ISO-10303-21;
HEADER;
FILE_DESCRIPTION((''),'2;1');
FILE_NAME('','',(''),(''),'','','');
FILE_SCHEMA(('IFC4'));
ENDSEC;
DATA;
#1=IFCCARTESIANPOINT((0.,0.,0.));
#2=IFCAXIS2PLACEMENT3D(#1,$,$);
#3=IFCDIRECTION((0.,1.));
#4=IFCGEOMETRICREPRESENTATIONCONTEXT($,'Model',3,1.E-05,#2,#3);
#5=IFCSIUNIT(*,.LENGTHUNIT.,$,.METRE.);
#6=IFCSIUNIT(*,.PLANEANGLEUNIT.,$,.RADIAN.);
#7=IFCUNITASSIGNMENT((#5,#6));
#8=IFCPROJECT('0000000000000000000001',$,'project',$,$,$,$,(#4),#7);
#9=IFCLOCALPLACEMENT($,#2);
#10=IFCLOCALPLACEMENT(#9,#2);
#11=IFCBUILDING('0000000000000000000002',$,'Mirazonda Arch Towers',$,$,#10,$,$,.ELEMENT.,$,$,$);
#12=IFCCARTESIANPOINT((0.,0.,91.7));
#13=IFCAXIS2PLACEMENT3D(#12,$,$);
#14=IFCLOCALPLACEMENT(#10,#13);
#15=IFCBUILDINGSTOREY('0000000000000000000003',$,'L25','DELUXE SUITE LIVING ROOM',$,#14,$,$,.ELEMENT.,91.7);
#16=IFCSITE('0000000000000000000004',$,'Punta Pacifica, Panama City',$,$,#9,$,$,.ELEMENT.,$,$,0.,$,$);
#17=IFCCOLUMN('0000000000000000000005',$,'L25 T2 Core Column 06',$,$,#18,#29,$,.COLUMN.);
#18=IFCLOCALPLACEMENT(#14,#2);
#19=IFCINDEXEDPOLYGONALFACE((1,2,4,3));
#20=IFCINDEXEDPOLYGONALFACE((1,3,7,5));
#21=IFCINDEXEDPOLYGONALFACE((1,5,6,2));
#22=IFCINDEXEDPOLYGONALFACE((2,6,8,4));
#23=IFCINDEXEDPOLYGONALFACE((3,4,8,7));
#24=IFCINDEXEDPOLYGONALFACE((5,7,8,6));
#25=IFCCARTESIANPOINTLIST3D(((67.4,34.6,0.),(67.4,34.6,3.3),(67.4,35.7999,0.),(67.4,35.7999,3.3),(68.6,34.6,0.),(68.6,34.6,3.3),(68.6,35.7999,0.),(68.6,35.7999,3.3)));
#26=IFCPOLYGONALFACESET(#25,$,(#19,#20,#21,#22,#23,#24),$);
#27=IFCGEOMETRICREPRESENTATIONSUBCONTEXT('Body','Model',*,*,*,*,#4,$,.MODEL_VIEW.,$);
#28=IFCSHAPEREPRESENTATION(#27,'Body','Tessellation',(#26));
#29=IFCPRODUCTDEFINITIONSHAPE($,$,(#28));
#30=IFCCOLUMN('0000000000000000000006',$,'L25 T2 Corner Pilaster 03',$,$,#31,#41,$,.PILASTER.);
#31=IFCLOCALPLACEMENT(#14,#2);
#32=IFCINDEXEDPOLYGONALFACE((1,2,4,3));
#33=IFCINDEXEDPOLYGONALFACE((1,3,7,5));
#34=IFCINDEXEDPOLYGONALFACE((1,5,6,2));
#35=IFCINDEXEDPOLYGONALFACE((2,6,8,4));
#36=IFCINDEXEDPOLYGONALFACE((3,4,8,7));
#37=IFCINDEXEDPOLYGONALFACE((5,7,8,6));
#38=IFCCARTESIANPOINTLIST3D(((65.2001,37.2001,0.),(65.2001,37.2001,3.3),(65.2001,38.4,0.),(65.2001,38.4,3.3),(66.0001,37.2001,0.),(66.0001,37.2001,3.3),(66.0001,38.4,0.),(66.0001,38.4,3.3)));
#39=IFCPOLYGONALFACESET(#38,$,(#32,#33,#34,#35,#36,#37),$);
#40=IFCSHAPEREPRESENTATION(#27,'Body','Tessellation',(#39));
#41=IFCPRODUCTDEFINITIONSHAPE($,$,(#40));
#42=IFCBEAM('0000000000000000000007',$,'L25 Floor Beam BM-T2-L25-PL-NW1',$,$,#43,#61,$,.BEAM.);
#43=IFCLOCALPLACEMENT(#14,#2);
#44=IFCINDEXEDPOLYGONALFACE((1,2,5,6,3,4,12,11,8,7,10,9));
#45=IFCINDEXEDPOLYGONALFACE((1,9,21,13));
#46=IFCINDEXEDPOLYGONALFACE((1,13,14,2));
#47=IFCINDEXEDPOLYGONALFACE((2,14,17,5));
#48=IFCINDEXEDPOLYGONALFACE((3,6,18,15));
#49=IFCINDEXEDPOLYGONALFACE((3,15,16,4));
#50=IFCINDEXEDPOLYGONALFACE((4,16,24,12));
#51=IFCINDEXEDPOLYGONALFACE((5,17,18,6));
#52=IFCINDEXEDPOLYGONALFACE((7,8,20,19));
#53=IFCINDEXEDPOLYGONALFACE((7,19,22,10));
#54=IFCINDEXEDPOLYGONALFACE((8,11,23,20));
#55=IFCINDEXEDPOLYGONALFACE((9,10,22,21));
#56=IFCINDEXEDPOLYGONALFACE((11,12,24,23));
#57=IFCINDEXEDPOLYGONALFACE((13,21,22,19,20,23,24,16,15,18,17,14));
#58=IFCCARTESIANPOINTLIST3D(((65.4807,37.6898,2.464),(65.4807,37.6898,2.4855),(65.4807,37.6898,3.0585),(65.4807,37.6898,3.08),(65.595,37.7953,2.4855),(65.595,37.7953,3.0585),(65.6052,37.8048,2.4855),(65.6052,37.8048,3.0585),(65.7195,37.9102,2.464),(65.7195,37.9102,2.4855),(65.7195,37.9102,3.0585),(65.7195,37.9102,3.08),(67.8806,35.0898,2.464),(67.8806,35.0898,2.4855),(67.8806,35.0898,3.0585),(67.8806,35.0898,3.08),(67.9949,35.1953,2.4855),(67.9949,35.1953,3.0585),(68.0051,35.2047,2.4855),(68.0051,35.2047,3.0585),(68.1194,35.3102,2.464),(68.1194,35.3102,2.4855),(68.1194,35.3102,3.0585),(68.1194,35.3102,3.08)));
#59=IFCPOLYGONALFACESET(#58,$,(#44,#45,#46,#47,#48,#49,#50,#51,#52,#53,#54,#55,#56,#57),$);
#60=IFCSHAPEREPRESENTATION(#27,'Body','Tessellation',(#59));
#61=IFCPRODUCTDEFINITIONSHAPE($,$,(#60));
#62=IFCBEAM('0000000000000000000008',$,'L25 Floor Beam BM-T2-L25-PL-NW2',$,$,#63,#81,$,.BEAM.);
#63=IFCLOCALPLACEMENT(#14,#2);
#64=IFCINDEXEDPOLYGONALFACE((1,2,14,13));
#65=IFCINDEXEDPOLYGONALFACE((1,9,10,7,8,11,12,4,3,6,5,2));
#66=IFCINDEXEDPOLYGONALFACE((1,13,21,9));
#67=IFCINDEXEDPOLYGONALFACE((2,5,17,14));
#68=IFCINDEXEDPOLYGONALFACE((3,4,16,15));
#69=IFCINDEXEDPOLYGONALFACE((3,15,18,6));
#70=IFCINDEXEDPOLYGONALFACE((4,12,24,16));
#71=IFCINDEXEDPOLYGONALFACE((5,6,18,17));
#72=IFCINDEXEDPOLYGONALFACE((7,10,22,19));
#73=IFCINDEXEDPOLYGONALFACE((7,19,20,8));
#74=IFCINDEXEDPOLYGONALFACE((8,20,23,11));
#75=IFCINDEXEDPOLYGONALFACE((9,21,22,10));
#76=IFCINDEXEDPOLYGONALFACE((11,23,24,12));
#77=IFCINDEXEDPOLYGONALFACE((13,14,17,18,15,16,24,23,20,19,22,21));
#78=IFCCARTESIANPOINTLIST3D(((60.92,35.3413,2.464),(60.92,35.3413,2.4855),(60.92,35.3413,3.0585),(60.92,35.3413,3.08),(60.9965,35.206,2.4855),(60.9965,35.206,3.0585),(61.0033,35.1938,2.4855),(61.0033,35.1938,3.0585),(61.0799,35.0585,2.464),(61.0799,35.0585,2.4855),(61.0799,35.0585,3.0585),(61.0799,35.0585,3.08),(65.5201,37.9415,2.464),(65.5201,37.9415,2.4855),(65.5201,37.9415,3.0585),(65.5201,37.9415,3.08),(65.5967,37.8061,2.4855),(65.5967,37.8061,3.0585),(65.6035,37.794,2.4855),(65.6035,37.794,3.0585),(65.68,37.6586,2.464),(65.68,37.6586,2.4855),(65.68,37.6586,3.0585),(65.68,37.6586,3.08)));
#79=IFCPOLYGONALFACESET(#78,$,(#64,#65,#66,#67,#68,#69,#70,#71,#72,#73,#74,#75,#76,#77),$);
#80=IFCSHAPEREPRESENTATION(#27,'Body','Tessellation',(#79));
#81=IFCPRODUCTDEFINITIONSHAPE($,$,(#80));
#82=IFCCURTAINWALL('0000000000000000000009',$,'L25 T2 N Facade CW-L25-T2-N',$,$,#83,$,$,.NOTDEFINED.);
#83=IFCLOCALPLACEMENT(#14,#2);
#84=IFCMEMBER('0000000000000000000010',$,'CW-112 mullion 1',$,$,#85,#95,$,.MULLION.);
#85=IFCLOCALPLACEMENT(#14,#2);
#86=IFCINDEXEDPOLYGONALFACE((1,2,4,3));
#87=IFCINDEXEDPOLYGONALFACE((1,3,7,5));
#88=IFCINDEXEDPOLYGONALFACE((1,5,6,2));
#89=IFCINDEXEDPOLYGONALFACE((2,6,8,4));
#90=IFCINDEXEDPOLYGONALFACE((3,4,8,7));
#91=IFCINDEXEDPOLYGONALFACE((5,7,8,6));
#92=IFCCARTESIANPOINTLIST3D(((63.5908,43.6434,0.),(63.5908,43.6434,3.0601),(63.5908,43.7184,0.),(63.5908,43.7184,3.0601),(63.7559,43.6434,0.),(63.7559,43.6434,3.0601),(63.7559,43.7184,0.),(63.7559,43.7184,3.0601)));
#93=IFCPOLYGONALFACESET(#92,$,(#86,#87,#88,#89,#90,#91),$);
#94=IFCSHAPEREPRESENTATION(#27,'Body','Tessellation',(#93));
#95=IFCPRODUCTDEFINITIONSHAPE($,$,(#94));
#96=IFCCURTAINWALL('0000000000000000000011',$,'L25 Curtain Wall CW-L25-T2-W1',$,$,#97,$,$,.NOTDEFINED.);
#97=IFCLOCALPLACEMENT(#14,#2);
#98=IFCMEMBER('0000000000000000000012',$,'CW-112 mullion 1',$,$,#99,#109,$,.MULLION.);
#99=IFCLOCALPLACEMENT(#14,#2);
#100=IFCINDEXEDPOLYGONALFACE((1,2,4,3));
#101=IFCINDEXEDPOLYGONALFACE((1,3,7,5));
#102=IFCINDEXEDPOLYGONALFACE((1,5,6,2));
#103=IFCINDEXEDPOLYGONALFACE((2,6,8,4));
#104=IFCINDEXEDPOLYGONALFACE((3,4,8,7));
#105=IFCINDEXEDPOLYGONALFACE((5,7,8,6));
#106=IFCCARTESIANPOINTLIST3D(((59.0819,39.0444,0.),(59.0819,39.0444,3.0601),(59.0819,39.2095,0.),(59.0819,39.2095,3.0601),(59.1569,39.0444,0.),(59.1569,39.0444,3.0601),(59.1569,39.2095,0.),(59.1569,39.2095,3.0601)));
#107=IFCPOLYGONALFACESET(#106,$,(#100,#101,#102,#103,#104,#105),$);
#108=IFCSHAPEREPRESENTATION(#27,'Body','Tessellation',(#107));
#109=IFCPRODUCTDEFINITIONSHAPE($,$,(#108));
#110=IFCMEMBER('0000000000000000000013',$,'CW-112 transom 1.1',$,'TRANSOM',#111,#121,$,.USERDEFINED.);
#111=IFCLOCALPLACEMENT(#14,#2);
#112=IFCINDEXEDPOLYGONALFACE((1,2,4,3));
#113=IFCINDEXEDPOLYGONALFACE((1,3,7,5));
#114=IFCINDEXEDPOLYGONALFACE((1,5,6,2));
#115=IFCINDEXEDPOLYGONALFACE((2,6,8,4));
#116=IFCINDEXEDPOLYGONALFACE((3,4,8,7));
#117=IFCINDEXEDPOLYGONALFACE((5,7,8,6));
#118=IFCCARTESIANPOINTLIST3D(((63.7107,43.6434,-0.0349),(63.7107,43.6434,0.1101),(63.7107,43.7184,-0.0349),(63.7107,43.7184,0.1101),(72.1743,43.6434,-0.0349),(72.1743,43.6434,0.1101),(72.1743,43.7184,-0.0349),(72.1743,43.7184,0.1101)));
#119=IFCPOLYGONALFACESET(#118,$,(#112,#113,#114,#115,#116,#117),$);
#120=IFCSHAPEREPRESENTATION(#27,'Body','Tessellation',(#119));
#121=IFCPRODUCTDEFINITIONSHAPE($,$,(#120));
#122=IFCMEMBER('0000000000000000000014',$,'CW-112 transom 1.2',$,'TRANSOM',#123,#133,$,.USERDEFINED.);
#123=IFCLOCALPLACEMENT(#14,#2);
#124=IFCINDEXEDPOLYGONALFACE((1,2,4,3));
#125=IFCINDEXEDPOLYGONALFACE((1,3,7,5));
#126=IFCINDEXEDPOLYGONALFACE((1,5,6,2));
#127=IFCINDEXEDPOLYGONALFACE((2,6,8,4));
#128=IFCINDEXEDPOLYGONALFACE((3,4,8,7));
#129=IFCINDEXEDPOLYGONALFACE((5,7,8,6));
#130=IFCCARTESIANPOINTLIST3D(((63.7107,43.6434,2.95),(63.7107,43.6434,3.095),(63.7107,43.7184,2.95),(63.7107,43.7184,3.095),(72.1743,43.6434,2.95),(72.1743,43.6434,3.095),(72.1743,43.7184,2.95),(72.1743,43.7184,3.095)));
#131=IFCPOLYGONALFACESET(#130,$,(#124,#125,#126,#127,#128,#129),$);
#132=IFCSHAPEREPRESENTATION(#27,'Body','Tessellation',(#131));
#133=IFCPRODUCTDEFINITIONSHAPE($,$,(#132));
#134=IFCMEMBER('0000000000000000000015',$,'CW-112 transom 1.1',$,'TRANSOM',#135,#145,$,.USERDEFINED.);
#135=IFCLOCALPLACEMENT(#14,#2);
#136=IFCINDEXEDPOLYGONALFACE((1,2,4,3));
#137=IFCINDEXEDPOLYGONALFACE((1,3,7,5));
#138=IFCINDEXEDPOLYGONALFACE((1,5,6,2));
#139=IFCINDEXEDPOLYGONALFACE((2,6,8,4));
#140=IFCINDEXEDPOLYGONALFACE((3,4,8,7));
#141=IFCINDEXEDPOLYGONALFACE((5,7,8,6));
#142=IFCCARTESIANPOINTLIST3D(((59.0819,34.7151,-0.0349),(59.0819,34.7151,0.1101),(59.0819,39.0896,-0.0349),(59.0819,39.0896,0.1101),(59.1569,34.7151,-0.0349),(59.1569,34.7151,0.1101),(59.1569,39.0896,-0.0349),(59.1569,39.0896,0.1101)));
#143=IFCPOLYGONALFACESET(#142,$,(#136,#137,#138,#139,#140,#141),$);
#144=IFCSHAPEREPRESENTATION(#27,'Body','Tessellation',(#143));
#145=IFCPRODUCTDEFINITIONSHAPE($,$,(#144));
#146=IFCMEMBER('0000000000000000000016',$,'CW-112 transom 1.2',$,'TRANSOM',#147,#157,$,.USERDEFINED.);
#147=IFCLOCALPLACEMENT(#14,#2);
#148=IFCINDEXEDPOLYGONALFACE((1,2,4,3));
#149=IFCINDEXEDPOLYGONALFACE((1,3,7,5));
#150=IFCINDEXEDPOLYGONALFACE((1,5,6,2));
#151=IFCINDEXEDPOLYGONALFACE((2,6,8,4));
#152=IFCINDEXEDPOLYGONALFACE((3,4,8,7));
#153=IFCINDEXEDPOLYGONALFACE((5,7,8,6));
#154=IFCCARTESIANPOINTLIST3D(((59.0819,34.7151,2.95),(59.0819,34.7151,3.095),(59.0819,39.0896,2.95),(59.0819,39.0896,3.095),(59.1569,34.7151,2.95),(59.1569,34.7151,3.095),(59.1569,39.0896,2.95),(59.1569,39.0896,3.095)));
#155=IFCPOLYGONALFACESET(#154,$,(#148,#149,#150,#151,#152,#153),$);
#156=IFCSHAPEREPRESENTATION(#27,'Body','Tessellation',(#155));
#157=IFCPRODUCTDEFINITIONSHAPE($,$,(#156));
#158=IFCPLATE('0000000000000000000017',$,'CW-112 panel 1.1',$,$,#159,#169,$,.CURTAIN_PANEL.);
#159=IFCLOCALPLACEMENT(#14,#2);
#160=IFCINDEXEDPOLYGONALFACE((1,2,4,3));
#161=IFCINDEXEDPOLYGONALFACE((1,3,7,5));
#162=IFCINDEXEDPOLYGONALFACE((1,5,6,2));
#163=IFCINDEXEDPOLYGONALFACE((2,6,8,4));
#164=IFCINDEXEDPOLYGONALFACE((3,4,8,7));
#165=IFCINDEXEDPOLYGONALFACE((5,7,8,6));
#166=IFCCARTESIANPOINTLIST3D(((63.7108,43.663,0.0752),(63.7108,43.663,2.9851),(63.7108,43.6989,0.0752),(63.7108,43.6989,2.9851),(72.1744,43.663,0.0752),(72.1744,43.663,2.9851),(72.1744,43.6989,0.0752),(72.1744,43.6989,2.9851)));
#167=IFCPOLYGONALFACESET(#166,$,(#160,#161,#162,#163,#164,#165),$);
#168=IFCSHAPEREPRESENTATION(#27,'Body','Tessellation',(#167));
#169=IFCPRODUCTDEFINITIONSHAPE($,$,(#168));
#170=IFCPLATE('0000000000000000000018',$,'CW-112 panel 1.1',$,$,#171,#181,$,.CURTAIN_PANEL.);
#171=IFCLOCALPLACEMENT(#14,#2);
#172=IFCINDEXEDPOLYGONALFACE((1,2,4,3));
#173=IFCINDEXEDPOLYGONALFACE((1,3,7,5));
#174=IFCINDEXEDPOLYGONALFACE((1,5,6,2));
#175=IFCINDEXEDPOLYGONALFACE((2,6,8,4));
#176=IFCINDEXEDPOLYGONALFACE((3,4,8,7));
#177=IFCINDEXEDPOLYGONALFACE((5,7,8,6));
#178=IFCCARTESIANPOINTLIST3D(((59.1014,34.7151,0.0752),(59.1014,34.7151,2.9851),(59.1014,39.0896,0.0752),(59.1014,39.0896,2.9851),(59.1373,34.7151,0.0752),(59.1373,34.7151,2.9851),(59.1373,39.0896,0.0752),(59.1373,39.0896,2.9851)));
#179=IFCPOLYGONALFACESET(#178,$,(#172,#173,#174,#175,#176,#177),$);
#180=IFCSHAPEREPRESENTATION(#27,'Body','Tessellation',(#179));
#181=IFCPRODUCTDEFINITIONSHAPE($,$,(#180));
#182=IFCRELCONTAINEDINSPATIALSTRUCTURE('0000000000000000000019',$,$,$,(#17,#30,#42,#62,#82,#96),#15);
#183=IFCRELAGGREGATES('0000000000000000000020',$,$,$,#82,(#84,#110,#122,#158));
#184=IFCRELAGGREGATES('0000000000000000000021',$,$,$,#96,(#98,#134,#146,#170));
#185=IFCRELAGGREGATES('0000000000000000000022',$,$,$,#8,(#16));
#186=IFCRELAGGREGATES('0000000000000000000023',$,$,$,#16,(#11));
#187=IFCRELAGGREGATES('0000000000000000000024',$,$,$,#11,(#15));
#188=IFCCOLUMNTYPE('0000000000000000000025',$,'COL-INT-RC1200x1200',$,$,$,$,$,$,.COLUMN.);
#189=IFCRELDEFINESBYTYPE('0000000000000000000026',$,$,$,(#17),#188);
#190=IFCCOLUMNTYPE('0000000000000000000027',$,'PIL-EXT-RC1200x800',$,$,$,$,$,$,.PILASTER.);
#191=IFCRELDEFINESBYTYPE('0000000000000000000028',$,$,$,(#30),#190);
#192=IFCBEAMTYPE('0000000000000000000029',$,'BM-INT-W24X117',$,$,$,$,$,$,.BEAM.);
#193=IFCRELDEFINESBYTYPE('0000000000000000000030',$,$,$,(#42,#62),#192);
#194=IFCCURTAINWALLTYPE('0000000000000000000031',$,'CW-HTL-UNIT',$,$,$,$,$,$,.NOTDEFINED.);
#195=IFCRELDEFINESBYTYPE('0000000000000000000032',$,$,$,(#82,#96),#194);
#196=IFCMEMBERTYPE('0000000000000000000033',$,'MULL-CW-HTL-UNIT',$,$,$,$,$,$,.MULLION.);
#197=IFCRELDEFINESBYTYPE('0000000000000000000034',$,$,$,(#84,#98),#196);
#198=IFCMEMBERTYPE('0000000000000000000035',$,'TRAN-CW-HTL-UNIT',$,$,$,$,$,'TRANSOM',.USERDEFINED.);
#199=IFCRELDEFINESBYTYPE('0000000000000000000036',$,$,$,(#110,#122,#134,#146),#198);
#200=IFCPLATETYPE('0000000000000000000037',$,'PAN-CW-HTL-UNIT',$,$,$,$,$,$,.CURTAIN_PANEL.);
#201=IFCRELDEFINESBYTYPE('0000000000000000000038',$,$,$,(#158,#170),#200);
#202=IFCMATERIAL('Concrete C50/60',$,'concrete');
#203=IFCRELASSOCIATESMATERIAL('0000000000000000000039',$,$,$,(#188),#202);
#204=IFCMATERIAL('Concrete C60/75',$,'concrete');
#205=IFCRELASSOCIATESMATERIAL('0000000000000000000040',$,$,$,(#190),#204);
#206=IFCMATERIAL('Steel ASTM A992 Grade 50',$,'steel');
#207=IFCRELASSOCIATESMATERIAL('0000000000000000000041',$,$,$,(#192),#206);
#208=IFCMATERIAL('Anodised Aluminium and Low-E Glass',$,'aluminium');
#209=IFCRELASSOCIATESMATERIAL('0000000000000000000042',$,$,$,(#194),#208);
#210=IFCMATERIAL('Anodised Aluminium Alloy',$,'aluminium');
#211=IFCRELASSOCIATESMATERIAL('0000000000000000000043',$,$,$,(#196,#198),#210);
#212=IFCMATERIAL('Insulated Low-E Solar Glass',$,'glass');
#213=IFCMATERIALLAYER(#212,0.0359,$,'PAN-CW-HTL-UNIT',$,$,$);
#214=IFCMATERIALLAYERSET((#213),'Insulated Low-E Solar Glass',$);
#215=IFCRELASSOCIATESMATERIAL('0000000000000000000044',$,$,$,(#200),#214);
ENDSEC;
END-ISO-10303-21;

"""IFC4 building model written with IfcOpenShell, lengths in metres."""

from ifc_helpers import new_model, si_unit, direction, frame, origin, origin_2d, place, context, subcontext, project, spatial, rectangle, i_section, extrude, material, layer, layer_set, material_profile, profile_set, type_object, element, aggregate, save


model = new_model("IFC4")

# Units and contexts
model_context = context("Model", 3, precision=1e-05, world=origin(), true_north=direction((0.0, 1.0)))
body_context = subcontext(model_context, "Body", "Model", "MODEL_VIEW")
ifc_project = project(units=[si_unit("LENGTHUNIT", "METRE"), si_unit("PLANEANGLEUNIT", "RADIAN")], contexts=[model_context])

# Site, building, storey
site_placement = place(None, origin())
site = spatial("IfcSite", under=ifc_project, at=site_placement, Name="Punta Pacifica, Panama City", CompositionType="ELEMENT", RefElevation=0.0)
building_placement = place(site_placement, origin())
building = spatial("IfcBuilding", under=site, at=building_placement, Name="Mirazonda Arch Towers", CompositionType="ELEMENT")
storey_placement = place(building_placement, frame((0.0, 0.0, 91.7)))
storey = spatial("IfcBuildingStorey", under=building, at=storey_placement, Name="L25", Description="DELUXE SUITE LIVING ROOM", CompositionType="ELEMENT", Elevation=91.7)

# Columns
ifc_material_1 = material(Name="Concrete C50/60", Category="concrete")
ifc_material_profile_1 = material_profile(ifc_material_1, rectangle(XDim=1.2, YDim=1.2, at=origin_2d()), Name="RC1200x1200")
ifc_profile_set_1 = profile_set([ifc_material_profile_1], Name="Concrete C50/60")
column_type_1 = type_object("IfcColumnType", Name="COL-INT-RC1200x1200", PredefinedType="COLUMN", material=ifc_profile_set_1)
column_1_placement = place(storey_placement, frame((68.0, 35.2, 0.0), z_axis=(0.0, 0.0, 1.0), x_axis=(1.0, 0.0, 0.0)))
element("IfcColumn", 1, at=column_1_placement, inside=storey, type_object=column_type_1, Name="L25 T2 Core Column 06", PredefinedType="COLUMN", context=body_context, shape_type="SweptSolid", body=[
    extrude(rectangle(XDim=1.2, YDim=1.2, at=origin_2d()), origin(), (0.0, 0.0, 1.0), 3.3),
])
ifc_material_2 = material(Name="Concrete C60/75", Category="concrete")
ifc_material_profile_2 = material_profile(ifc_material_2, rectangle(XDim=0.8, YDim=1.2, at=origin_2d()), Name="RC1200x800")
ifc_profile_set_2 = profile_set([ifc_material_profile_2], Name="Concrete C60/75")
column_type_2 = type_object("IfcColumnType", Name="PIL-EXT-RC1200x800", PredefinedType="PILASTER", material=ifc_profile_set_2)
column_2_placement = place(storey_placement, frame((65.6001, 37.8, 0.0), z_axis=(0.0, 0.0, 1.0), x_axis=(1.0, 0.0, 0.0)))
element("IfcColumn", 2, at=column_2_placement, inside=storey, type_object=column_type_2, Name="L25 T2 Corner Pilaster 03", PredefinedType="PILASTER", context=body_context, shape_type="SweptSolid", body=[
    extrude(rectangle(XDim=0.8, YDim=1.2, at=origin_2d()), origin(), (0.0, 0.0, 1.0), 3.3),
])

# Beams
ifc_material_3 = material(Name="Steel ASTM A992 Grade 50", Category="steel")
ifc_material_profile_3 = material_profile(ifc_material_3, i_section(OverallWidth=0.325, OverallDepth=0.616, WebThickness=0.0139, FlangeThickness=0.0215, at=origin_2d()), Name="W24X117")
ifc_profile_set_3 = profile_set([ifc_material_profile_3], Name="Steel ASTM A992 Grade 50")
beam_type = type_object("IfcBeamType", Name="BM-INT-W24X117", PredefinedType="BEAM", material=ifc_profile_set_3)
beam_1_placement = place(storey_placement, frame((65.6001, 37.8, 2.772), z_axis=(0.678251, -0.73483, 0.0), x_axis=(0.73483, 0.678251, 0.0)))
element("IfcBeam", 3, at=beam_1_placement, inside=storey, type_object=beam_type, Name="L25 Floor Beam BM-T2-L25-PL-NW1", PredefinedType="BEAM", context=body_context, shape_type="SweptSolid", body=[
    extrude(i_section(OverallWidth=0.325, OverallDepth=0.616, WebThickness=0.0139, FlangeThickness=0.0215, at=origin_2d()), origin(), (0.0, 0.0, 1.0), 3.5383),
])
beam_2_placement = place(storey_placement, frame((65.6001, 37.8, 2.772), z_axis=(-0.870559, -0.492063, 0.0), x_axis=(0.492063, -0.870559, 0.0)))
element("IfcBeam", 4, at=beam_2_placement, inside=storey, type_object=beam_type, Name="L25 Floor Beam BM-T2-L25-PL-NW2", PredefinedType="BEAM", context=body_context, shape_type="SweptSolid", body=[
    extrude(i_section(OverallWidth=0.325, OverallDepth=0.616, WebThickness=0.0139, FlangeThickness=0.0215, at=origin_2d()), origin(), (0.0, 0.0, 1.0), 5.2842),
])

# Curtain walls, members
ifc_material_4 = material(Name="Anodised Aluminium and Low-E Glass", Category="aluminium")
curtain_wall_type = type_object("IfcCurtainWallType", Name="CW-HTL-UNIT", PredefinedType="NOTDEFINED", material=ifc_material_4)
curtain_wall_1_placement = place(storey_placement, origin())
curtain_wall_1 = element("IfcCurtainWall", 5, at=curtain_wall_1_placement, inside=storey, type_object=curtain_wall_type, Name="L25 T2 N Facade CW-L25-T2-N", PredefinedType="NOTDEFINED")
ifc_material_5 = material(Name="Anodised Aluminium Alloy", Category="aluminium")
ifc_material_profile_4 = material_profile(ifc_material_5, rectangle(XDim=0.075, YDim=0.165, at=origin_2d()), Name="ALU-MULL-75x165")
ifc_profile_set_4 = profile_set([ifc_material_profile_4], Name="Anodised Aluminium Alloy")
member_type_1 = type_object("IfcMemberType", Name="MULL-CW-HTL-UNIT", PredefinedType="MULLION", material=ifc_profile_set_4)
member_1_placement = place(storey_placement, frame((63.6733, 43.6809, 0.0), z_axis=(0.0, 0.0, 1.0), x_axis=(0.0, 1.0, 0.0)))
member_1 = element("IfcMember", 6, at=member_1_placement, type_object=member_type_1, Name="CW-112 mullion 1", PredefinedType="MULLION", context=body_context, shape_type="SweptSolid", body=[
    extrude(rectangle(XDim=0.075, YDim=0.165, at=origin_2d()), origin(), (0.0, 0.0, 1.0), 3.0601),
])
curtain_wall_2_placement = place(storey_placement, origin())
curtain_wall_2 = element("IfcCurtainWall", 7, at=curtain_wall_2_placement, inside=storey, type_object=curtain_wall_type, Name="L25 Curtain Wall CW-L25-T2-W1", PredefinedType="NOTDEFINED")
member_2_placement = place(storey_placement, frame((59.1194, 39.127, 0.0), z_axis=(0.0, 0.0, 1.0), x_axis=(1.0, 0.0, 0.0)))
member_2 = element("IfcMember", 8, at=member_2_placement, type_object=member_type_1, Name="CW-112 mullion 1", PredefinedType="MULLION", context=body_context, shape_type="SweptSolid", body=[
    extrude(rectangle(XDim=0.075, YDim=0.165, at=origin_2d()), origin(), (0.0, 0.0, 1.0), 3.0601),
])

# Members
ifc_material_profile_5 = material_profile(ifc_material_5, rectangle(XDim=0.075, YDim=0.145, at=origin_2d()), Name="ALU-TRAN-75x145")
ifc_profile_set_5 = profile_set([ifc_material_profile_5], Name="Anodised Aluminium Alloy")
member_type_2 = type_object("IfcMemberType", Name="TRAN-CW-HTL-UNIT", ElementType="TRANSOM", PredefinedType="USERDEFINED", material=ifc_profile_set_5)
member_3_placement = place(storey_placement, frame((63.7107, 43.6809, 0.0376), z_axis=(1.0, 0.0, 0.0), x_axis=(0.0, 1.0, 0.0)))
member_3 = element("IfcMember", 9, at=member_3_placement, type_object=member_type_2, Name="CW-112 transom 1.1", ObjectType="TRANSOM", PredefinedType="USERDEFINED", context=body_context, shape_type="SweptSolid", body=[
    extrude(rectangle(XDim=0.075, YDim=0.145, at=origin_2d()), origin(), (0.0, 0.0, 1.0), 8.4636),
])
member_4_placement = place(storey_placement, frame((63.7107, 43.6809, 3.0225), z_axis=(1.0, 0.0, 0.0), x_axis=(0.0, 1.0, 0.0)))
member_4 = element("IfcMember", 10, at=member_4_placement, type_object=member_type_2, Name="CW-112 transom 1.2", ObjectType="TRANSOM", PredefinedType="USERDEFINED", context=body_context, shape_type="SweptSolid", body=[
    extrude(rectangle(XDim=0.075, YDim=0.145, at=origin_2d()), origin(), (0.0, 0.0, 1.0), 8.4636),
])
member_5_placement = place(storey_placement, frame((59.1194, 39.0896, 0.0376), z_axis=(0.0, -1.0, 0.0), x_axis=(1.0, 0.0, 0.0)))
member_5 = element("IfcMember", 11, at=member_5_placement, type_object=member_type_2, Name="CW-112 transom 1.1", ObjectType="TRANSOM", PredefinedType="USERDEFINED", context=body_context, shape_type="SweptSolid", body=[
    extrude(rectangle(XDim=0.075, YDim=0.145, at=origin_2d()), origin(), (0.0, 0.0, 1.0), 4.3745),
])
member_6_placement = place(storey_placement, frame((59.1194, 39.0896, 3.0225), z_axis=(0.0, -1.0, 0.0), x_axis=(1.0, 0.0, 0.0)))
member_6 = element("IfcMember", 12, at=member_6_placement, type_object=member_type_2, Name="CW-112 transom 1.2", ObjectType="TRANSOM", PredefinedType="USERDEFINED", context=body_context, shape_type="SweptSolid", body=[
    extrude(rectangle(XDim=0.075, YDim=0.145, at=origin_2d()), origin(), (0.0, 0.0, 1.0), 4.3745),
])

# Plates
ifc_material_6 = material(Name="Insulated Low-E Solar Glass", Category="glass")
ifc_layer_1 = layer(ifc_material_6, 0.0359, Name="PAN-CW-HTL-UNIT")
ifc_layer_set_1 = layer_set([ifc_layer_1], Name="Insulated Low-E Solar Glass")
plate_type = type_object("IfcPlateType", Name="PAN-CW-HTL-UNIT", PredefinedType="CURTAIN_PANEL", material=ifc_layer_set_1)
plate_1_placement = place(storey_placement, frame((67.9426, 43.6809, 0.0752), z_axis=(0.0, 0.0, 1.0), x_axis=(1.0, 0.0, 0.0)))
plate_1 = element("IfcPlate", 13, at=plate_1_placement, type_object=plate_type, Name="CW-112 panel 1.1", PredefinedType="CURTAIN_PANEL", context=body_context, shape_type="SweptSolid", body=[
    extrude(rectangle(XDim=8.4636, YDim=0.0359, at=origin_2d()), origin(), (0.0, 0.0, 1.0), 2.9099),
])
aggregate(curtain_wall_1, [member_1, member_3, member_4, plate_1])
plate_2_placement = place(storey_placement, frame((59.1194, 36.9023, 0.0752), z_axis=(0.0, 0.0, 1.0), x_axis=(0.0, -1.0, 0.0)))
plate_2 = element("IfcPlate", 14, at=plate_2_placement, type_object=plate_type, Name="CW-112 panel 1.1", PredefinedType="CURTAIN_PANEL", context=body_context, shape_type="SweptSolid", body=[
    extrude(rectangle(XDim=4.3745, YDim=0.0359, at=origin_2d()), origin(), (0.0, 0.0, 1.0), 2.9099),
])
aggregate(curtain_wall_2, [member_2, member_5, member_6, plate_2])

save(model, "model.ifc")
